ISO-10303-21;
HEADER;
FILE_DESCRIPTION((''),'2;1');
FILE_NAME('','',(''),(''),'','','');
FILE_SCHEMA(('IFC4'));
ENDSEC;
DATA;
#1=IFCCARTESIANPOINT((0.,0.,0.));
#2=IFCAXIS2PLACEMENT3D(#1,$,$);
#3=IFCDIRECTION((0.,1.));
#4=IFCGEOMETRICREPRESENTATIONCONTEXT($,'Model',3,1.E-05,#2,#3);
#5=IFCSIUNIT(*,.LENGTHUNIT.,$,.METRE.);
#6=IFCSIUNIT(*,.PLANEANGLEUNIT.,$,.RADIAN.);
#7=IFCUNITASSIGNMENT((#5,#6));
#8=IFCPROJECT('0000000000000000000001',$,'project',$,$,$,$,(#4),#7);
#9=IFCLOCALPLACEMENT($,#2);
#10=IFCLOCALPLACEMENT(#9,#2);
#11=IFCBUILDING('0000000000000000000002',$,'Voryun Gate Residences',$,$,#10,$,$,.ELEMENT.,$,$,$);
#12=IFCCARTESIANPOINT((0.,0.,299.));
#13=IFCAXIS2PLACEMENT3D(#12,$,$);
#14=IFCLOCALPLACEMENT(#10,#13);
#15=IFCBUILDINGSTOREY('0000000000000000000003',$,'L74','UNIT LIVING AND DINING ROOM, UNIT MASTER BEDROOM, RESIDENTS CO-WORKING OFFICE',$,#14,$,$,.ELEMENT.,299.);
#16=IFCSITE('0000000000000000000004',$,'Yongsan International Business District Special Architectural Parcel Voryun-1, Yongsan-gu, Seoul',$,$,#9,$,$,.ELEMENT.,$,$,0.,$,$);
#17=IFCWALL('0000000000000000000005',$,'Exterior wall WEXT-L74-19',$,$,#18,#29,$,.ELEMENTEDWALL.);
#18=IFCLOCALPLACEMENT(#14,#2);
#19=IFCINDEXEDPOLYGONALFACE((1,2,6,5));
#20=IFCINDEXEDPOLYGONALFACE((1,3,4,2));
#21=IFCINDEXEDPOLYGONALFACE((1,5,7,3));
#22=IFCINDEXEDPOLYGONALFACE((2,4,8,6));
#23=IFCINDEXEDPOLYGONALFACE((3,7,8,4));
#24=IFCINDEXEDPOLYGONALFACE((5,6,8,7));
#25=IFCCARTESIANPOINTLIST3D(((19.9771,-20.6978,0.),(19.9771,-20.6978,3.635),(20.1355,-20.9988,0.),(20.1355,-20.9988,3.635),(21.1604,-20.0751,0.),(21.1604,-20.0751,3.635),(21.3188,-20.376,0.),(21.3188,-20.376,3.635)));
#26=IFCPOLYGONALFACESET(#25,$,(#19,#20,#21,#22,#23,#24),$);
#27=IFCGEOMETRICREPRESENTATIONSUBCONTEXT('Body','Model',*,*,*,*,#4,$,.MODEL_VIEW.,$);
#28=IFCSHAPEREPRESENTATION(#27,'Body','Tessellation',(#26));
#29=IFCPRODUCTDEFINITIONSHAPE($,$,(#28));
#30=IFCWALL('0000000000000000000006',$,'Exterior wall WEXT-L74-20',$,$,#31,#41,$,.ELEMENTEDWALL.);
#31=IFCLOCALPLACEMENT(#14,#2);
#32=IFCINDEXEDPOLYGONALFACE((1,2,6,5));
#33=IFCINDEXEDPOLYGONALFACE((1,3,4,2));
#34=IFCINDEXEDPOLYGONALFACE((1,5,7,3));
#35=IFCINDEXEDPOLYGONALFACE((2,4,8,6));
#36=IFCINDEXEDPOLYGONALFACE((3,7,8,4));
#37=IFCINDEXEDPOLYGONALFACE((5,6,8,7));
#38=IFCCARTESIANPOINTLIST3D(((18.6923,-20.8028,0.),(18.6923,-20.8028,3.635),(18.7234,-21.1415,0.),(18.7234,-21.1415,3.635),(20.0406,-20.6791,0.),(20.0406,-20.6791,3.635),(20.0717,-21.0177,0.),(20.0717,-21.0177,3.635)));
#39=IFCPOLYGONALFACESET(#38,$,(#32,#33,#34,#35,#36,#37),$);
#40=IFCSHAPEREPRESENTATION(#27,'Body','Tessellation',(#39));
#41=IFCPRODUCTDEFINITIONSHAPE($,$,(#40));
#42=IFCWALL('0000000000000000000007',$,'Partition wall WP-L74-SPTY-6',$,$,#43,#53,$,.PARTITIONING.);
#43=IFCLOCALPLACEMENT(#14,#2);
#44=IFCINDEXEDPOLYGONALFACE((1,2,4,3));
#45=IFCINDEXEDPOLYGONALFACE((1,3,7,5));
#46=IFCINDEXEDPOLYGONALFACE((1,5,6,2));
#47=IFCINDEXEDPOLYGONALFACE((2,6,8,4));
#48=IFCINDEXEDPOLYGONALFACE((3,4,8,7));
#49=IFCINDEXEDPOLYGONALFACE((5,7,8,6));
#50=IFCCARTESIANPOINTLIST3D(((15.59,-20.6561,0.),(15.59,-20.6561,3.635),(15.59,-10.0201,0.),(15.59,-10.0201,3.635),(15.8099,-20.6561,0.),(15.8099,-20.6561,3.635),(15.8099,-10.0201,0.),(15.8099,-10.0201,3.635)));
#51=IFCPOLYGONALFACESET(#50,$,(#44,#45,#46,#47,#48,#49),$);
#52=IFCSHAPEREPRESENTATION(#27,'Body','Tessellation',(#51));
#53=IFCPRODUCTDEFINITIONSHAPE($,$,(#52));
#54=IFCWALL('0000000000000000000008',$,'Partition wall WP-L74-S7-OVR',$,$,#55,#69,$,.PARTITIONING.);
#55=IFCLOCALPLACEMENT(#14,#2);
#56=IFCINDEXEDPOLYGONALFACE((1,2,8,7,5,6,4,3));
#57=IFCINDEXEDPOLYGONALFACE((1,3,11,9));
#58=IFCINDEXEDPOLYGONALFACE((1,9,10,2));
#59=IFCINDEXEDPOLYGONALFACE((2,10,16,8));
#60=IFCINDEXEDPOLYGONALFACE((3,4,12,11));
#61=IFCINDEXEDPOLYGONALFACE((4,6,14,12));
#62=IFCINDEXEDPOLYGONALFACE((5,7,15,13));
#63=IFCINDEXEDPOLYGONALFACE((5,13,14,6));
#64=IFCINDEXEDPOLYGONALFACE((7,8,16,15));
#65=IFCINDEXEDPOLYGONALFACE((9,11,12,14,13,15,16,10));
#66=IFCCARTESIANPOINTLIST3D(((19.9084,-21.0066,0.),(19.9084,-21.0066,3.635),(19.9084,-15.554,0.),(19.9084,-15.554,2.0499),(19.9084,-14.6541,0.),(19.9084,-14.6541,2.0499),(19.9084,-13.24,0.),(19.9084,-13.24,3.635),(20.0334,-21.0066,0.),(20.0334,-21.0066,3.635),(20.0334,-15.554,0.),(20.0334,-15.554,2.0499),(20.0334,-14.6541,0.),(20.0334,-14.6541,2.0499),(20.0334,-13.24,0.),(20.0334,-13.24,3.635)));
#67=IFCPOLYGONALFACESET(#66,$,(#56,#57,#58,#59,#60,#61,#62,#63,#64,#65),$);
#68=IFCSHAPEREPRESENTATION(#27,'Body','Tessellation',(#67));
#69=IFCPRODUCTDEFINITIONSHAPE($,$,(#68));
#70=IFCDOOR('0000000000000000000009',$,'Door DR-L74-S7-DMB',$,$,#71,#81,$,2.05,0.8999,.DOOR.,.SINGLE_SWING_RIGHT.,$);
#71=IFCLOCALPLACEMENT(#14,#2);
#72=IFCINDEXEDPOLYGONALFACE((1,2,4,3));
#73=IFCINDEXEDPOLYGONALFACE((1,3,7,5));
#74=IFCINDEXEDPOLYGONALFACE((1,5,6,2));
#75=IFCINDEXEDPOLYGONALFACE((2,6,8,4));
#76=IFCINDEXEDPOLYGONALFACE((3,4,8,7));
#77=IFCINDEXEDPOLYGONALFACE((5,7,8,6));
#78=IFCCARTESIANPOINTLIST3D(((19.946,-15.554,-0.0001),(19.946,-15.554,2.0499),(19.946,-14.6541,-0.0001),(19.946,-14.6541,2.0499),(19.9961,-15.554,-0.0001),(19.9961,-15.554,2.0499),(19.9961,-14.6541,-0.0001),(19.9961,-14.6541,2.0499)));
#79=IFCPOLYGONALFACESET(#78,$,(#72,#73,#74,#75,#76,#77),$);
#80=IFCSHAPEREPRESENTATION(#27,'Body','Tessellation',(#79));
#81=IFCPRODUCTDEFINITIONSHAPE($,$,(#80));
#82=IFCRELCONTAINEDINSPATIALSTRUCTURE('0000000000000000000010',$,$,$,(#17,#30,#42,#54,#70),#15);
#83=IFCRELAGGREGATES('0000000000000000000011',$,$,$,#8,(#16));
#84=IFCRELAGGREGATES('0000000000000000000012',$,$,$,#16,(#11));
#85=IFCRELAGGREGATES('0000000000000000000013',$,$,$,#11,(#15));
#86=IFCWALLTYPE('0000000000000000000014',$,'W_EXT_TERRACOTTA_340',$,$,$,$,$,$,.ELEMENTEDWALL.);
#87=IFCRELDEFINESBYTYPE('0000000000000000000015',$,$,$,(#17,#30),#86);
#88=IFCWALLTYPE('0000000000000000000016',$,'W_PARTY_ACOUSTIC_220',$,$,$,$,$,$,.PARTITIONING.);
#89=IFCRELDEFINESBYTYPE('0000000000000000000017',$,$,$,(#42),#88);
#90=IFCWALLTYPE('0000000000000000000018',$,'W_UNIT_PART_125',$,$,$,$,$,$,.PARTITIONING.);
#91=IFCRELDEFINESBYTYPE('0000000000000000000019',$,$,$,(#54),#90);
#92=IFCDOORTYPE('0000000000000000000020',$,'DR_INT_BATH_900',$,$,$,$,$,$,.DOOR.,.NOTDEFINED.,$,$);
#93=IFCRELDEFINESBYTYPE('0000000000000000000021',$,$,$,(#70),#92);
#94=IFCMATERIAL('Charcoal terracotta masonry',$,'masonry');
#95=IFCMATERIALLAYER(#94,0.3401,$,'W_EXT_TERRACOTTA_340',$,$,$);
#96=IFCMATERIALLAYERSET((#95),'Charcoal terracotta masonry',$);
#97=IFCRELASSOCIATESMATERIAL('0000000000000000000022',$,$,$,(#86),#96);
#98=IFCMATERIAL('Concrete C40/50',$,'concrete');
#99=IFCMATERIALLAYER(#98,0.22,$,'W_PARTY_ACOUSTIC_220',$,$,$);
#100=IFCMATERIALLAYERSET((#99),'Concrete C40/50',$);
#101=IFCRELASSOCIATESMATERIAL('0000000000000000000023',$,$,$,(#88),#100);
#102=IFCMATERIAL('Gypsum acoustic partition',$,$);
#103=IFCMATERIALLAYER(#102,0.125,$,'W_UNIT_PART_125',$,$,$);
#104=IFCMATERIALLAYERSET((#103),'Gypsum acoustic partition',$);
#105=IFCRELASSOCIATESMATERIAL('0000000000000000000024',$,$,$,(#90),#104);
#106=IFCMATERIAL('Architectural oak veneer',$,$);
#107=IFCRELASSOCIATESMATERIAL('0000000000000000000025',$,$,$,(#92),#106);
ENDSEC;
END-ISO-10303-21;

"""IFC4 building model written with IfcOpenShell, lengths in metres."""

from ifc_helpers import new_model, si_unit, direction, frame, frame_2d, origin, place, context, subcontext, project, spatial, rectangle, extrude, material, layer, layer_set, type_object, element, fill, save


model = new_model("IFC4")

# Units and contexts
model_context = context("Model", 3, precision=1e-05, world=origin(), true_north=direction((0.0, 1.0)))
body_context = subcontext(model_context, "Body", "Model", "MODEL_VIEW")
ifc_project = project(units=[si_unit("LENGTHUNIT", "METRE"), si_unit("PLANEANGLEUNIT", "RADIAN")], contexts=[model_context])

# Site, building, storey
site_placement = place(None, origin())
site = spatial("IfcSite", under=ifc_project, at=site_placement, Name="Yongsan International Business District Special Architectural Parcel Voryun-1, Yongsan-gu, Seoul", CompositionType="ELEMENT", RefElevation=0.0)
building_placement = place(site_placement, origin())
building = spatial("IfcBuilding", under=site, at=building_placement, Name="Voryun Gate Residences", CompositionType="ELEMENT")
storey_placement = place(building_placement, frame((0.0, 0.0, 299.0)))
storey = spatial("IfcBuildingStorey", under=building, at=storey_placement, Name="L74", Description="UNIT LIVING AND DINING ROOM, UNIT MASTER BEDROOM, RESIDENTS CO-WORKING OFFICE", CompositionType="ELEMENT", Elevation=299.0)

# Shared definitions
ifc_material_1 = material(Name="Charcoal terracotta masonry", Category="masonry")
ifc_layer_1 = layer(ifc_material_1, 0.3401, Name="W_EXT_TERRACOTTA_340")
ifc_layer_set_1 = layer_set([ifc_layer_1], Name="Charcoal terracotta masonry")
wall_type_1 = type_object("IfcWallType", Name="W_EXT_TERRACOTTA_340", PredefinedType="ELEMENTEDWALL", material=ifc_layer_set_1)

# Walls
wall_1_placement = place(storey_placement, frame((21.2395, -20.2256, 0.0), z_axis=(0.0, 0.0, 1.0), x_axis=(-0.884922, -0.465739, 0.0)))
element("IfcWall", 1, at=wall_1_placement, inside=storey, type_object=wall_type_1, Name="Exterior wall WEXT-L74-19", PredefinedType="ELEMENTEDWALL", context=body_context, shape_type="SweptSolid", body=[
    extrude(rectangle(XDim=1.3372, YDim=0.3401, at=frame_2d((0.6685, 0.0))), origin(), (0.0, 0.0, 1.0), 3.635),
])
wall_2_placement = place(storey_placement, frame((20.0562, -20.8484, 0.0), z_axis=(0.0, 0.0, 1.0), x_axis=(-0.995813, -0.091414, 0.0)))
element("IfcWall", 2, at=wall_2_placement, inside=storey, type_object=wall_type_1, Name="Exterior wall WEXT-L74-20", PredefinedType="ELEMENTEDWALL", context=body_context, shape_type="SweptSolid", body=[
    extrude(rectangle(XDim=1.354, YDim=0.3401, at=frame_2d((0.677, 0.0))), origin(), (0.0, 0.0, 1.0), 3.635),
])
ifc_material_2 = material(Name="Concrete C40/50", Category="concrete")
ifc_layer_2 = layer(ifc_material_2, 0.22, Name="W_PARTY_ACOUSTIC_220")
ifc_layer_set_2 = layer_set([ifc_layer_2], Name="Concrete C40/50")
wall_type_2 = type_object("IfcWallType", Name="W_PARTY_ACOUSTIC_220", PredefinedType="PARTITIONING", material=ifc_layer_set_2)
wall_3_placement = place(storey_placement, frame((15.7, -20.656, 0.0), z_axis=(0.0, 0.0, 1.0), x_axis=(0.0, 1.0, 0.0)))
element("IfcWall", 3, at=wall_3_placement, inside=storey, type_object=wall_type_2, Name="Partition wall WP-L74-SPTY-6", PredefinedType="PARTITIONING", context=body_context, shape_type="SweptSolid", body=[
    extrude(rectangle(XDim=10.636, YDim=0.22, at=frame_2d((5.3179, 0.0))), origin(), (0.0, 0.0, 1.0), 3.635),
])

# Wall, opening, door
ifc_material_3 = material(Name="Gypsum acoustic partition")
ifc_layer_3 = layer(ifc_material_3, 0.125, Name="W_UNIT_PART_125")
ifc_layer_set_3 = layer_set([ifc_layer_3], Name="Gypsum acoustic partition")
wall_type_3 = type_object("IfcWallType", Name="W_UNIT_PART_125", PredefinedType="PARTITIONING", material=ifc_layer_set_3)
wall_4_placement = place(storey_placement, frame((19.9709, -21.0066, 0.0), z_axis=(0.0, 0.0, 1.0), x_axis=(0.0, 1.0, 0.0)))
wall_4 = element("IfcWall", 4, at=wall_4_placement, inside=storey, type_object=wall_type_3, Name="Partition wall WP-L74-S7-OVR", PredefinedType="PARTITIONING", context=body_context, shape_type="SweptSolid", body=[
    extrude(rectangle(XDim=7.7666, YDim=0.125, at=frame_2d((3.8833, 0.0))), origin(), (0.0, 0.0, 1.0), 3.635),
])
opening_1_placement = place(wall_4_placement, frame((5.4526, 0.0, 0.0)))
opening_1 = element("IfcOpeningElement", 5, at=opening_1_placement, cuts=wall_4, PredefinedType="OPENING", context=body_context, shape_type="SweptSolid", body=[
    extrude(rectangle(XDim=0.8999, YDim=2.05, at=frame_2d((0.45, 1.0249))), frame((0.0, 0.0725, 0.0), z_axis=(0.0, -1.0, 0.0), x_axis=(1.0, 0.0, 0.0)), (0.0, 0.0, 1.0), 0.145),
])
ifc_material_4 = material(Name="Architectural oak veneer")
door_type = type_object("IfcDoorType", Name="DR_INT_BATH_900", OperationType="NOTDEFINED", PredefinedType="DOOR", material=ifc_material_4)
door_placement = place(opening_1_placement, origin())
door = element("IfcDoor", 6, at=door_placement, inside=storey, type_object=door_type, Name="Door DR-L74-S7-DMB", OperationType="SINGLE_SWING_RIGHT", OverallHeight=2.05, OverallWidth=0.8999, PredefinedType="DOOR", context=body_context, shape_type="SweptSolid", body=[
    extrude(rectangle(XDim=0.8999, YDim=2.05, at=frame_2d((0.45, 1.0249))), frame((0.0, 0.0249, 0.0), z_axis=(0.0, -1.0, 0.0), x_axis=(1.0, 0.0, 0.0)), (0.0, 0.0, 1.0), 0.05),
])
fill(opening_1, door)

save(model, "model.ifc")
